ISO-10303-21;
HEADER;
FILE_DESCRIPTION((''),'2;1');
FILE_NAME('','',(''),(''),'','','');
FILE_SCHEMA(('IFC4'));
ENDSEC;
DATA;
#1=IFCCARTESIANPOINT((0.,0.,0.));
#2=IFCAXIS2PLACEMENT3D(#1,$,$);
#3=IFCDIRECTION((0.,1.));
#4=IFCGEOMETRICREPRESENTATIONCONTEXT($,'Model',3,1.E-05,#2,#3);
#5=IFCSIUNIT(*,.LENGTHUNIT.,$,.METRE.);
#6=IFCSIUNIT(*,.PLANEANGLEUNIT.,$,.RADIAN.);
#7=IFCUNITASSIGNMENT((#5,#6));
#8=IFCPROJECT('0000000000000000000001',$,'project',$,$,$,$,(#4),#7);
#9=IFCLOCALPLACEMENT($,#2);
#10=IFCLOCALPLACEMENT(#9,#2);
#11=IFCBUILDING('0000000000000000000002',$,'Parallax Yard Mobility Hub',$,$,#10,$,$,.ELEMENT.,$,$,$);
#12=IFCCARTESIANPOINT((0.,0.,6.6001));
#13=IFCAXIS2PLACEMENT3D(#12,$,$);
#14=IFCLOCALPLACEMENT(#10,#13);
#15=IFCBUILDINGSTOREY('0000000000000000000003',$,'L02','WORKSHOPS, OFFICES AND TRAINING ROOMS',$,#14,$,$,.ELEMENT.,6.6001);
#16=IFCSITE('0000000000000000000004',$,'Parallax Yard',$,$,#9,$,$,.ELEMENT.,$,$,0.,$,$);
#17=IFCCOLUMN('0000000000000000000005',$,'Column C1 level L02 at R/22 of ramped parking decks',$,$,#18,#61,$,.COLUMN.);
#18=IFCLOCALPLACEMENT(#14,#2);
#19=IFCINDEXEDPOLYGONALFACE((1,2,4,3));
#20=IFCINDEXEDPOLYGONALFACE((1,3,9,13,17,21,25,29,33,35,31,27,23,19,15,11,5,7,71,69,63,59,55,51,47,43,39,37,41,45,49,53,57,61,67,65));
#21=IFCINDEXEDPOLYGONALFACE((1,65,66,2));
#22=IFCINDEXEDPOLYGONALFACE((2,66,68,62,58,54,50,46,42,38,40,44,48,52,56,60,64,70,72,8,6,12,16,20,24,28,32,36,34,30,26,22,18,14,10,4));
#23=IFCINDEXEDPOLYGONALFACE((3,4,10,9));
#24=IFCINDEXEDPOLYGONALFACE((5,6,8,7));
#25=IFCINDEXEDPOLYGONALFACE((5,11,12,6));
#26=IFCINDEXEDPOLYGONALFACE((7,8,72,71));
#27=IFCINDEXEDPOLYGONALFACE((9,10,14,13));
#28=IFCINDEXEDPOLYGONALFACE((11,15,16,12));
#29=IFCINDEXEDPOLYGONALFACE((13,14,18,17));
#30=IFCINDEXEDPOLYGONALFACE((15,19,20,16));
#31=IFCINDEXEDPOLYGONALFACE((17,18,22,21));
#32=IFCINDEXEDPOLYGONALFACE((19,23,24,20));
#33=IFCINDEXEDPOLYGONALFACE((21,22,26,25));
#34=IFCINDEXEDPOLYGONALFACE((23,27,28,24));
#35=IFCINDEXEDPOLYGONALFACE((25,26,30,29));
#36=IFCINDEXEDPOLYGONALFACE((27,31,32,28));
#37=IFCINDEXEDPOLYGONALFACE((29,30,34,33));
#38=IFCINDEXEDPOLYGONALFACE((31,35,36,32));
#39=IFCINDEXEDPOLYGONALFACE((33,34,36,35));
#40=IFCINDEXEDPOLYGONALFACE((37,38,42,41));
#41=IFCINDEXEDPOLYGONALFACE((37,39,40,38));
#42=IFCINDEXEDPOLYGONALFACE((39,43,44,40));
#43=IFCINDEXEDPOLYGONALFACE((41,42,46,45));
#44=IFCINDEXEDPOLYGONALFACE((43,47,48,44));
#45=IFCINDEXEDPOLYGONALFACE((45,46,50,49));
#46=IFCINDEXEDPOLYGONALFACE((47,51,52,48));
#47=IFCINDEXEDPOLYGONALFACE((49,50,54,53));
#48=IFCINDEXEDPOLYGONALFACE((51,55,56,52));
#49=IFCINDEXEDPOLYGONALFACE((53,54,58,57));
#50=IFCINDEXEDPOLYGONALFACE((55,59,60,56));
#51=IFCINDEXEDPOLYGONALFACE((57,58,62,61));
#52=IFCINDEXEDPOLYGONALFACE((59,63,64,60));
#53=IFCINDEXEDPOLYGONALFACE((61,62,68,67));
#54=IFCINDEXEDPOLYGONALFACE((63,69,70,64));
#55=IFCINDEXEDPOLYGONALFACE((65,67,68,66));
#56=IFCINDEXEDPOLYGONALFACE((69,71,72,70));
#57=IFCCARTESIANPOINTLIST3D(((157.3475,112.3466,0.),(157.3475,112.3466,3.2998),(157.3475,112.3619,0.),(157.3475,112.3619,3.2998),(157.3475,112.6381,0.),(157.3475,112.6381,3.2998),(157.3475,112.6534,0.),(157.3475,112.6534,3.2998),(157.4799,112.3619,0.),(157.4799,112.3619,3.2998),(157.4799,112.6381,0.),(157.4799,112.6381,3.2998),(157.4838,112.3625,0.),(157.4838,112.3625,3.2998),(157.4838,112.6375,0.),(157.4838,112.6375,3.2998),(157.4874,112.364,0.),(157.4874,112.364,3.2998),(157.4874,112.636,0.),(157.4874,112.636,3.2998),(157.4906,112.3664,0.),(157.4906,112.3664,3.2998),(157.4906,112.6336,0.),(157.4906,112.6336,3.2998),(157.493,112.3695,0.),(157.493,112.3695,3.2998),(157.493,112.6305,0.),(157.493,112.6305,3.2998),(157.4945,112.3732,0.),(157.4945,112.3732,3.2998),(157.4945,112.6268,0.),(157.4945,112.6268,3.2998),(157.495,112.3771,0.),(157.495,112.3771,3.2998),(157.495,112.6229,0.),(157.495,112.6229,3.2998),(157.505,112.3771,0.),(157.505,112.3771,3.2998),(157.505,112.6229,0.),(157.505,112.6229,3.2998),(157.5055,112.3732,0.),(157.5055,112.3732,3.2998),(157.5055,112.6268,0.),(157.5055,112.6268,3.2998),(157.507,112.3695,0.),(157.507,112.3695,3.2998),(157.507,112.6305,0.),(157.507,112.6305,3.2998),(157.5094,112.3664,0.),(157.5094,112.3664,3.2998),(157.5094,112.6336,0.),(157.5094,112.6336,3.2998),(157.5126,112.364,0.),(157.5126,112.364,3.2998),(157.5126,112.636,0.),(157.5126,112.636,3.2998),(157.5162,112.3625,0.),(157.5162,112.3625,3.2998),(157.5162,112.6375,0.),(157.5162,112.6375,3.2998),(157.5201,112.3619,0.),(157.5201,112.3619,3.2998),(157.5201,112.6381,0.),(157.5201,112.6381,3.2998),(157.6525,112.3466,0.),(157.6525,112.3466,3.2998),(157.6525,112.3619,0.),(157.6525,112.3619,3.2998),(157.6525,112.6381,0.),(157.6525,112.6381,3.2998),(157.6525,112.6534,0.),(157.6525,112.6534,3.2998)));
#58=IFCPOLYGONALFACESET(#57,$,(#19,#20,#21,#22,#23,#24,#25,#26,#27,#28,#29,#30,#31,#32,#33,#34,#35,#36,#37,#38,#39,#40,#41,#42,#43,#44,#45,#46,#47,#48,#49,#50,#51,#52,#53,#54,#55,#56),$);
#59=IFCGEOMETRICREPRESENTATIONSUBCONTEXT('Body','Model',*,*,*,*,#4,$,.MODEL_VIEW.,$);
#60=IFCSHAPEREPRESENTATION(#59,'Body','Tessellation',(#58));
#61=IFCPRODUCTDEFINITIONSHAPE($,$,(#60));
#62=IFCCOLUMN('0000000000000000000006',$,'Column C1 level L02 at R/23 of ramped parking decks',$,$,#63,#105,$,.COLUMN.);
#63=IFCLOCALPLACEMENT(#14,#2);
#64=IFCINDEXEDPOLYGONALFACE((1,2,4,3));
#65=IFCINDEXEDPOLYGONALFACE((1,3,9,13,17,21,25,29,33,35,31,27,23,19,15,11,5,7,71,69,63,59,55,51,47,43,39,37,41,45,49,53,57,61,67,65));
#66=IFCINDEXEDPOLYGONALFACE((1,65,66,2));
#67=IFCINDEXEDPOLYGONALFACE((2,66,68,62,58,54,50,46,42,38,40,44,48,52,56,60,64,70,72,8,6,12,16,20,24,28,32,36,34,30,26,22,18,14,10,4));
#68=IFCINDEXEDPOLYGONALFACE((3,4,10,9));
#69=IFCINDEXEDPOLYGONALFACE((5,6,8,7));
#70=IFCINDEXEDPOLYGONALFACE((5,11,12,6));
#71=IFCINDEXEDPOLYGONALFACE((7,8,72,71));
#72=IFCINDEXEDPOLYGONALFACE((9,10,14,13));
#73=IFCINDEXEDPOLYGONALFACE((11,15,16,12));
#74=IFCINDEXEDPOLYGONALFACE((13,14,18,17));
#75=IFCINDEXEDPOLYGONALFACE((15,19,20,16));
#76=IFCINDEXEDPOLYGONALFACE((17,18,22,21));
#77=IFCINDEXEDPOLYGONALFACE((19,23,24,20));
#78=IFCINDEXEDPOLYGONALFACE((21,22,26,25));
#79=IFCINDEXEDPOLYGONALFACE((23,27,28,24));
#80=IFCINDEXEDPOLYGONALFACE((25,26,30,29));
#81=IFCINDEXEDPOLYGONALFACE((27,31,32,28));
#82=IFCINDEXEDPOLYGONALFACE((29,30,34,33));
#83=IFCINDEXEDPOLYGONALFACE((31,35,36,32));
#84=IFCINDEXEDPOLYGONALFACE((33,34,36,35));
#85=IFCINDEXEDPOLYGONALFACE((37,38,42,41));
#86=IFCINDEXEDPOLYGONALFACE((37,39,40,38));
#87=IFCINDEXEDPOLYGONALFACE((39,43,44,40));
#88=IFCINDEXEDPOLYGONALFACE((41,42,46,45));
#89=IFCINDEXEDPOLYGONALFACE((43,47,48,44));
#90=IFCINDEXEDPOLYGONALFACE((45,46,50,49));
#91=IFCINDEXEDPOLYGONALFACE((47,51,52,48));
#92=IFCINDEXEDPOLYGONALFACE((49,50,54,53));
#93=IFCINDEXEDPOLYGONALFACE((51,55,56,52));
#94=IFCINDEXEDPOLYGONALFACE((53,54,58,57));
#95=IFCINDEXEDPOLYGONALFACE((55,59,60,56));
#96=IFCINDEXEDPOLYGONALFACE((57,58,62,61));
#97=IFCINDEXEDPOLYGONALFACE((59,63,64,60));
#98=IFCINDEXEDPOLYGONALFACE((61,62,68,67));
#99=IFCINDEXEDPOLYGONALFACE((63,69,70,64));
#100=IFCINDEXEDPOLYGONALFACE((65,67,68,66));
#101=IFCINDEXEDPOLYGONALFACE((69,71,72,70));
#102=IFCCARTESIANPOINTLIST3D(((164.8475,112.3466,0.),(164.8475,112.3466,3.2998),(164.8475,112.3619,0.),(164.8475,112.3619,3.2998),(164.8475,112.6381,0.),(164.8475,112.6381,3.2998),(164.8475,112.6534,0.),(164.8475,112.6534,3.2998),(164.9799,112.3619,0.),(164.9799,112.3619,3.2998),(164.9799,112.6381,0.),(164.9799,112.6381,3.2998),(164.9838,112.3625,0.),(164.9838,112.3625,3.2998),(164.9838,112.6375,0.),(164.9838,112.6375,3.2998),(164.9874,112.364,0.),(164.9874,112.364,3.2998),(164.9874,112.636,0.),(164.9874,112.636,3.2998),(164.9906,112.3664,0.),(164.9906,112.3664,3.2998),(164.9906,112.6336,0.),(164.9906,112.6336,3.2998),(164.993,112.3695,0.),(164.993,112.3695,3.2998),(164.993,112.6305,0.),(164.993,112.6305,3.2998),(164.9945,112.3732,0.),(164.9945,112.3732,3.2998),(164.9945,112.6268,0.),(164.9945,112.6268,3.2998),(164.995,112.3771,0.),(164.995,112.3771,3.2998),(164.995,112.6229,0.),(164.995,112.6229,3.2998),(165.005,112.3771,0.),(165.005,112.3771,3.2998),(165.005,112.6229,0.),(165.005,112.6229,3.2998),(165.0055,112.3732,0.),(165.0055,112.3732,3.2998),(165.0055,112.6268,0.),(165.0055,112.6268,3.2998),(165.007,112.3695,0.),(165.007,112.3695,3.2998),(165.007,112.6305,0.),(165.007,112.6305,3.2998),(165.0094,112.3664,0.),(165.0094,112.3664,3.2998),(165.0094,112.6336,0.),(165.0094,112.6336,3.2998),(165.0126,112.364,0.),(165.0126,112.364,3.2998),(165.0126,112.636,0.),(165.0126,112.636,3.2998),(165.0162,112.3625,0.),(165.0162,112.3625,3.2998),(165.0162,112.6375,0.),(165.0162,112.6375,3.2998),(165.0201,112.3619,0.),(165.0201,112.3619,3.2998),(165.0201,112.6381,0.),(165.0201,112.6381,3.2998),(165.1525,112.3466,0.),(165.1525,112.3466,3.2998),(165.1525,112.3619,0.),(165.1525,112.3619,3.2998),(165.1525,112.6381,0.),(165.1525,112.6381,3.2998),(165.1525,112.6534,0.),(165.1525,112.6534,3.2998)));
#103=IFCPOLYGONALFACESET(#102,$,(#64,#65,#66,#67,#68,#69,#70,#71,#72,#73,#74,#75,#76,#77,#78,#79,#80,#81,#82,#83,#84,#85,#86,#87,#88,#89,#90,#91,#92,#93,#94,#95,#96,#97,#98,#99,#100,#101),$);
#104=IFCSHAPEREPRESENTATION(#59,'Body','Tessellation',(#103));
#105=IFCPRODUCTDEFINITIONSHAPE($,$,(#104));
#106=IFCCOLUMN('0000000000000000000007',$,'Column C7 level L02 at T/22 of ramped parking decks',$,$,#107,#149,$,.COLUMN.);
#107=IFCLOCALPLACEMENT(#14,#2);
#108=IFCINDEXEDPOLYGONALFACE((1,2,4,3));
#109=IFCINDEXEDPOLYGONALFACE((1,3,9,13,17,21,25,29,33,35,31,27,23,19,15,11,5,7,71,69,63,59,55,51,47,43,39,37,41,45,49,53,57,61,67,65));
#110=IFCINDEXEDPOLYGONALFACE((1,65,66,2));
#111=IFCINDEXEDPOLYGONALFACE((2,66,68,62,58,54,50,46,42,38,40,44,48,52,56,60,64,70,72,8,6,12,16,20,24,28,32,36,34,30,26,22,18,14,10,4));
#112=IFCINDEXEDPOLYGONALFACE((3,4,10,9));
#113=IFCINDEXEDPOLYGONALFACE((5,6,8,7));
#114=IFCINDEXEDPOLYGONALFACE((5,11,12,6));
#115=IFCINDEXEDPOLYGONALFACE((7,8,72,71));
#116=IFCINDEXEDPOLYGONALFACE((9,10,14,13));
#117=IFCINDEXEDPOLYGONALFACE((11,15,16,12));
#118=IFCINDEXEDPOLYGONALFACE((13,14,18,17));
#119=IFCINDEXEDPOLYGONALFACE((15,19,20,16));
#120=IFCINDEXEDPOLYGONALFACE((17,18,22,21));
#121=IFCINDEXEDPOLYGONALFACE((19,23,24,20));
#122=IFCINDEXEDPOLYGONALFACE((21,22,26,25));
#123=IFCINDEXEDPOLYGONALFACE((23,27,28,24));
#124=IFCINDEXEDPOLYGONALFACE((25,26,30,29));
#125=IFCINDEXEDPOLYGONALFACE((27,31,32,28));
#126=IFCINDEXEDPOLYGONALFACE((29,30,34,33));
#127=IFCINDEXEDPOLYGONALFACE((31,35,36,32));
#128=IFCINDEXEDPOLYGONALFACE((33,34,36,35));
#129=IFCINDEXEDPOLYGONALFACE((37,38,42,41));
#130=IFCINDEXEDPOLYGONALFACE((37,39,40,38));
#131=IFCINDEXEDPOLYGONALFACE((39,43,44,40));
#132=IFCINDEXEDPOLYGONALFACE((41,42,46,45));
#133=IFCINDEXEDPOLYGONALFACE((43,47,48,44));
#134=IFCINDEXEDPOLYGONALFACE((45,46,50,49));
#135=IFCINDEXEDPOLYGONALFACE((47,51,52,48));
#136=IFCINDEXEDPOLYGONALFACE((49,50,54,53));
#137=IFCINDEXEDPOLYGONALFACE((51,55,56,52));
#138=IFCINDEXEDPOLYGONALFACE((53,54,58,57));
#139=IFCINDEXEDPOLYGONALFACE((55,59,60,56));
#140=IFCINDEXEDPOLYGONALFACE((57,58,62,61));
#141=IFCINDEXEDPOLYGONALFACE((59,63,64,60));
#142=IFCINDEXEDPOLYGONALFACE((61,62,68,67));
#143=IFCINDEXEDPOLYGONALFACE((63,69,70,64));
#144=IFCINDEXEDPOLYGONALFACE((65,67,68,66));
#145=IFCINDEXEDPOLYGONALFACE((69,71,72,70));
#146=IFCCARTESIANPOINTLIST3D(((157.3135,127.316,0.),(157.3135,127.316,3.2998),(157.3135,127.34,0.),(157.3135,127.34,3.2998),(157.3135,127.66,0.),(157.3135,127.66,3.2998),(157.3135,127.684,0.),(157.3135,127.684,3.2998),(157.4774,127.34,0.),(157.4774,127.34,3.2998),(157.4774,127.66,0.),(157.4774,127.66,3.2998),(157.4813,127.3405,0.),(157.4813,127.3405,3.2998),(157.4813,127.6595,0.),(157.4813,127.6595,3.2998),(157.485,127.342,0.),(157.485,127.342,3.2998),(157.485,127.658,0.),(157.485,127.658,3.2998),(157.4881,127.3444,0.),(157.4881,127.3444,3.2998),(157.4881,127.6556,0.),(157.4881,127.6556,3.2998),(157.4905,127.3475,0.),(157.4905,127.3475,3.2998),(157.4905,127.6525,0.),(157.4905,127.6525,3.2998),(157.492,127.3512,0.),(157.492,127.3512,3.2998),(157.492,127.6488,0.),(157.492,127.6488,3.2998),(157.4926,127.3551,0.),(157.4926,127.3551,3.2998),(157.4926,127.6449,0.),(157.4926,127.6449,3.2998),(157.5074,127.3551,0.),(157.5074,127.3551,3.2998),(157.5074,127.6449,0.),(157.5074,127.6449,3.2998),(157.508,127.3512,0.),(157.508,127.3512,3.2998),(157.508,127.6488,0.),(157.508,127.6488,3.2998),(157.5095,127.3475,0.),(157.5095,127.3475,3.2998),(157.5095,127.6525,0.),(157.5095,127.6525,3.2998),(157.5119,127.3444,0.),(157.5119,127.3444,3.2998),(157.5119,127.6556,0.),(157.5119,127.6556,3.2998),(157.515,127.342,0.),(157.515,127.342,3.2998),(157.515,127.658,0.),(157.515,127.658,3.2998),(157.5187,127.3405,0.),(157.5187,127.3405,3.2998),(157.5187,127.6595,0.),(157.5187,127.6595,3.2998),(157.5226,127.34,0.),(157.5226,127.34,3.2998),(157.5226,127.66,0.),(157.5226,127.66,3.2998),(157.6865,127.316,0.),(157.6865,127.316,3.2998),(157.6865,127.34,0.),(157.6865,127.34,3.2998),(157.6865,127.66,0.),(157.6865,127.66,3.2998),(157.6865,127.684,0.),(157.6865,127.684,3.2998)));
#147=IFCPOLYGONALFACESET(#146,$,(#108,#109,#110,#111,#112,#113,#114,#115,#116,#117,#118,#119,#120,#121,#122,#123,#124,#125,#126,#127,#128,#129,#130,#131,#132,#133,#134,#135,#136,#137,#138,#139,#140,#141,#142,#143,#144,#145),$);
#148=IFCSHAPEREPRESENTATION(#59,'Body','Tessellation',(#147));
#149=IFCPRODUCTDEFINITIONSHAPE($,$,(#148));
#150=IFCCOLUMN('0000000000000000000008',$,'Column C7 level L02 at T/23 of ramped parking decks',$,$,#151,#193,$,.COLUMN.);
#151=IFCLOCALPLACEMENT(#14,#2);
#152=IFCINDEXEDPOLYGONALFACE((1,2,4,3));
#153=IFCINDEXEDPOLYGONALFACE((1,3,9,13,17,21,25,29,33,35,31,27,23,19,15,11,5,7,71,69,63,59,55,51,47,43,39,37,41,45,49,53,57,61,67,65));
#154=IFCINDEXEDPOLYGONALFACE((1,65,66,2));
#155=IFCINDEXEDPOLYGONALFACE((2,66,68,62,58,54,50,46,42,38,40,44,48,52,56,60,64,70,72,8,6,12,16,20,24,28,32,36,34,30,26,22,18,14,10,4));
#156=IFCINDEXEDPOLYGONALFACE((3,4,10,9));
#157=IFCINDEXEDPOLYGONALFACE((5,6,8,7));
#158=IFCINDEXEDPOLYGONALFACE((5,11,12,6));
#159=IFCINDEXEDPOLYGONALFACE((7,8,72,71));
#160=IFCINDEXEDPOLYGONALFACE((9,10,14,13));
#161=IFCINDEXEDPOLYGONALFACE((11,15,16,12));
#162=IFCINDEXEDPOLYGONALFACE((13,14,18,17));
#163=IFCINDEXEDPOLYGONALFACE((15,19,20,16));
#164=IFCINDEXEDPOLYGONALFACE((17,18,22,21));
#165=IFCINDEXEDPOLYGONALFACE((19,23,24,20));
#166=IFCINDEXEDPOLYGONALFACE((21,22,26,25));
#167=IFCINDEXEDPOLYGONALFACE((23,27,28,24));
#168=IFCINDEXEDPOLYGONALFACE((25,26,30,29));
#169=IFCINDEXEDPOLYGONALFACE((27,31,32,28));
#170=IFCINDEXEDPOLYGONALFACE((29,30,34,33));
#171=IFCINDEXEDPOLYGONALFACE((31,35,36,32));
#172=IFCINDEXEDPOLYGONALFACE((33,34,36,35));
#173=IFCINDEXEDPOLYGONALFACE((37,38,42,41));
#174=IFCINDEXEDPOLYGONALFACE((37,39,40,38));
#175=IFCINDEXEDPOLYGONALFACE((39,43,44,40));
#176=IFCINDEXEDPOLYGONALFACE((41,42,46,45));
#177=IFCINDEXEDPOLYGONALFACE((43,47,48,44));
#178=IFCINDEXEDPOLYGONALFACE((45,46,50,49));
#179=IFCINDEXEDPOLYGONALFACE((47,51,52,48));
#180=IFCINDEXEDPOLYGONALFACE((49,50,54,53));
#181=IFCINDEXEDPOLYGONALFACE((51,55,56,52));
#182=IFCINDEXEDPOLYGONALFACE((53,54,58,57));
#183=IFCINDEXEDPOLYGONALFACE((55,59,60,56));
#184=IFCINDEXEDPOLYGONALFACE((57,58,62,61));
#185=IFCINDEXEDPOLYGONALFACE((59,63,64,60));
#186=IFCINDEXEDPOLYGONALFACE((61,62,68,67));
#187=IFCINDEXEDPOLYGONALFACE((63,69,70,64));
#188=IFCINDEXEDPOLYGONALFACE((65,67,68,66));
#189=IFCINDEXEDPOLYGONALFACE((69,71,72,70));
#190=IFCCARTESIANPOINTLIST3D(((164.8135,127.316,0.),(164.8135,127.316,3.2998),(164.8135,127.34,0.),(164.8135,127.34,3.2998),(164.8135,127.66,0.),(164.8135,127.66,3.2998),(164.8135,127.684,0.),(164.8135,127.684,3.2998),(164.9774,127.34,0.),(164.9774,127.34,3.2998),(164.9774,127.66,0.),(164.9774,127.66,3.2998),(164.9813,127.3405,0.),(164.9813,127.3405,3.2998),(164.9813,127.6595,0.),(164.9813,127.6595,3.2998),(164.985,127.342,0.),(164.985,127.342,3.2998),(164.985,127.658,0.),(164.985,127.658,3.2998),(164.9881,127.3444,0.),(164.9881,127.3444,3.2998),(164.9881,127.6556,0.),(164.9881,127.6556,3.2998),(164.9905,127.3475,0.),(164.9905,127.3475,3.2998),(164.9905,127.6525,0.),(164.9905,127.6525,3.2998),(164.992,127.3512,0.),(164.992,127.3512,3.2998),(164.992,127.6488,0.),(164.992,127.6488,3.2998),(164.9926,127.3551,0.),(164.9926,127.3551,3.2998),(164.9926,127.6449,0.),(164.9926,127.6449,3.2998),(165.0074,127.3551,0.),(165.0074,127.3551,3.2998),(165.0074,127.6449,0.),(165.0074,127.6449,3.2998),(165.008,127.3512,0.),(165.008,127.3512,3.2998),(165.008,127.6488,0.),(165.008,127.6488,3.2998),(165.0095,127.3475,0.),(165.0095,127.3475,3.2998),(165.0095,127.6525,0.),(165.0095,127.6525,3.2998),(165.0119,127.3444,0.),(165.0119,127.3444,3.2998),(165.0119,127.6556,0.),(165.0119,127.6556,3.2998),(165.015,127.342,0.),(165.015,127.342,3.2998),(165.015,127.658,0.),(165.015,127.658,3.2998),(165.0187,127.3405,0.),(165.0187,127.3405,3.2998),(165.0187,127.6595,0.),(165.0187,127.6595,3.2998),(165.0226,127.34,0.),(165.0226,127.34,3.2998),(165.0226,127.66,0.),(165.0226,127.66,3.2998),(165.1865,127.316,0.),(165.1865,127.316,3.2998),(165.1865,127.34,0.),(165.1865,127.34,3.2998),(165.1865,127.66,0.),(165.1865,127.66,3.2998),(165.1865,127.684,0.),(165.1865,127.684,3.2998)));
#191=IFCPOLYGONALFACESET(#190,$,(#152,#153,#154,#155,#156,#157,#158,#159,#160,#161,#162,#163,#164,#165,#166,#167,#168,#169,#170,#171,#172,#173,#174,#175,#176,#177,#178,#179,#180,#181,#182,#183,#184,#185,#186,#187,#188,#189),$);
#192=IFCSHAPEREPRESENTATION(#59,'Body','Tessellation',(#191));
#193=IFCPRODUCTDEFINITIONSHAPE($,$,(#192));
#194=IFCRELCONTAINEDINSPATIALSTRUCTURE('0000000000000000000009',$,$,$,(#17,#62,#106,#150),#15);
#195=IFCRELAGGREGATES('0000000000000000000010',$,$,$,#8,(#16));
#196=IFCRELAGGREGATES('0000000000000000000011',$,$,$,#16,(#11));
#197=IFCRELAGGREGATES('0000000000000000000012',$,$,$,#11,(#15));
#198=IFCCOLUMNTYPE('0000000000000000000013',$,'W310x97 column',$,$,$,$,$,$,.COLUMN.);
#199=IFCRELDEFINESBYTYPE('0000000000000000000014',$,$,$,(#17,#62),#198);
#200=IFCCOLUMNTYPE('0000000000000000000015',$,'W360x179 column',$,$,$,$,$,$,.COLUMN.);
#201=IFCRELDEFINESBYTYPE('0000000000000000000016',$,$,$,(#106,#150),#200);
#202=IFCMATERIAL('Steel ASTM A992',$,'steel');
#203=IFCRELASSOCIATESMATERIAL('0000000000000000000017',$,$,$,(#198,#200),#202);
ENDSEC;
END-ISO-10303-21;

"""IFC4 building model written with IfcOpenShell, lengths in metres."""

from ifc_helpers import new_model, si_unit, direction, frame, origin, origin_2d, place, context, subcontext, project, spatial, i_section, extrude, material, material_profile, profile_set, type_object, element, save


model = new_model("IFC4")

# Units and contexts
model_context = context("Model", 3, precision=1e-05, world=origin(), true_north=direction((0.0, 1.0)))
body_context = subcontext(model_context, "Body", "Model", "MODEL_VIEW")
ifc_project = project(units=[si_unit("LENGTHUNIT", "METRE"), si_unit("PLANEANGLEUNIT", "RADIAN")], contexts=[model_context])

# Site, building, storey
site_placement = place(None, origin())
site = spatial("IfcSite", under=ifc_project, at=site_placement, Name="Parallax Yard", CompositionType="ELEMENT", RefElevation=0.0)
building_placement = place(site_placement, origin())
building = spatial("IfcBuilding", under=site, at=building_placement, Name="Parallax Yard Mobility Hub", CompositionType="ELEMENT")
storey_placement = place(building_placement, frame((0.0, 0.0, 6.6001)))
storey = spatial("IfcBuildingStorey", under=building, at=storey_placement, Name="L02", Description="WORKSHOPS, OFFICES AND TRAINING ROOMS", CompositionType="ELEMENT", Elevation=6.6001)

# Columns
ifc_material_1 = material(Name="Steel ASTM A992", Category="steel")
ifc_material_profile_1 = material_profile(ifc_material_1, i_section(OverallWidth=0.3049, OverallDepth=0.3069, WebThickness=0.01, FlangeThickness=0.0154, FilletRadius=0.0151, at=origin_2d()), Name="W310x97")
ifc_profile_set_1 = profile_set([ifc_material_profile_1], Name="Steel ASTM A992")
column_type_1 = type_object("IfcColumnType", Name="W310x97 column", PredefinedType="COLUMN", material=ifc_profile_set_1)
for number, where, z_axis, x_axis, name in (
    (1, (157.5, 112.5, 0.0), (0.0, 0.0, 1.0), (1.0, 0.0, 0.0), "Column C1 level L02 at R/22 of ramped parking decks"),
    (2, (165.0, 112.5, 0.0), (0.0, 0.0, 1.0), (1.0, 0.0, 0.0), "Column C1 level L02 at R/23 of ramped parking decks"),
):
    element("IfcColumn", number, at=place(storey_placement, frame(where, z_axis=z_axis, x_axis=x_axis)), inside=storey, type_object=column_type_1, Name=name, PredefinedType="COLUMN", context=body_context, shape_type="SweptSolid", body=[
        extrude(i_section(OverallWidth=0.3049, OverallDepth=0.3069, WebThickness=0.01, FlangeThickness=0.0154, FilletRadius=0.0151, at=origin_2d()), origin(), (0.0, 0.0, 1.0), 3.2998),
    ])
ifc_material_profile_2 = material_profile(ifc_material_1, i_section(OverallWidth=0.373, OverallDepth=0.3679, WebThickness=0.0149, FlangeThickness=0.0239, FilletRadius=0.0151, at=origin_2d()), Name="W360x179")
ifc_profile_set_2 = profile_set([ifc_material_profile_2], Name="Steel ASTM A992")
column_type_2 = type_object("IfcColumnType", Name="W360x179 column", PredefinedType="COLUMN", material=ifc_profile_set_2)
for number, where, z_axis, x_axis, name in (
    (3, (157.5, 127.5, 0.0), (0.0, 0.0, 1.0), (1.0, 0.0, 0.0), "Column C7 level L02 at T/22 of ramped parking decks"),
    (4, (165.0, 127.5, 0.0), (0.0, 0.0, 1.0), (1.0, 0.0, 0.0), "Column C7 level L02 at T/23 of ramped parking decks"),
):
    element("IfcColumn", number, at=place(storey_placement, frame(where, z_axis=z_axis, x_axis=x_axis)), inside=storey, type_object=column_type_2, Name=name, PredefinedType="COLUMN", context=body_context, shape_type="SweptSolid", body=[
        extrude(i_section(OverallWidth=0.373, OverallDepth=0.3679, WebThickness=0.0149, FlangeThickness=0.0239, FilletRadius=0.0151, at=origin_2d()), origin(), (0.0, 0.0, 1.0), 3.2998),
    ])

save(model, "model.ifc")
